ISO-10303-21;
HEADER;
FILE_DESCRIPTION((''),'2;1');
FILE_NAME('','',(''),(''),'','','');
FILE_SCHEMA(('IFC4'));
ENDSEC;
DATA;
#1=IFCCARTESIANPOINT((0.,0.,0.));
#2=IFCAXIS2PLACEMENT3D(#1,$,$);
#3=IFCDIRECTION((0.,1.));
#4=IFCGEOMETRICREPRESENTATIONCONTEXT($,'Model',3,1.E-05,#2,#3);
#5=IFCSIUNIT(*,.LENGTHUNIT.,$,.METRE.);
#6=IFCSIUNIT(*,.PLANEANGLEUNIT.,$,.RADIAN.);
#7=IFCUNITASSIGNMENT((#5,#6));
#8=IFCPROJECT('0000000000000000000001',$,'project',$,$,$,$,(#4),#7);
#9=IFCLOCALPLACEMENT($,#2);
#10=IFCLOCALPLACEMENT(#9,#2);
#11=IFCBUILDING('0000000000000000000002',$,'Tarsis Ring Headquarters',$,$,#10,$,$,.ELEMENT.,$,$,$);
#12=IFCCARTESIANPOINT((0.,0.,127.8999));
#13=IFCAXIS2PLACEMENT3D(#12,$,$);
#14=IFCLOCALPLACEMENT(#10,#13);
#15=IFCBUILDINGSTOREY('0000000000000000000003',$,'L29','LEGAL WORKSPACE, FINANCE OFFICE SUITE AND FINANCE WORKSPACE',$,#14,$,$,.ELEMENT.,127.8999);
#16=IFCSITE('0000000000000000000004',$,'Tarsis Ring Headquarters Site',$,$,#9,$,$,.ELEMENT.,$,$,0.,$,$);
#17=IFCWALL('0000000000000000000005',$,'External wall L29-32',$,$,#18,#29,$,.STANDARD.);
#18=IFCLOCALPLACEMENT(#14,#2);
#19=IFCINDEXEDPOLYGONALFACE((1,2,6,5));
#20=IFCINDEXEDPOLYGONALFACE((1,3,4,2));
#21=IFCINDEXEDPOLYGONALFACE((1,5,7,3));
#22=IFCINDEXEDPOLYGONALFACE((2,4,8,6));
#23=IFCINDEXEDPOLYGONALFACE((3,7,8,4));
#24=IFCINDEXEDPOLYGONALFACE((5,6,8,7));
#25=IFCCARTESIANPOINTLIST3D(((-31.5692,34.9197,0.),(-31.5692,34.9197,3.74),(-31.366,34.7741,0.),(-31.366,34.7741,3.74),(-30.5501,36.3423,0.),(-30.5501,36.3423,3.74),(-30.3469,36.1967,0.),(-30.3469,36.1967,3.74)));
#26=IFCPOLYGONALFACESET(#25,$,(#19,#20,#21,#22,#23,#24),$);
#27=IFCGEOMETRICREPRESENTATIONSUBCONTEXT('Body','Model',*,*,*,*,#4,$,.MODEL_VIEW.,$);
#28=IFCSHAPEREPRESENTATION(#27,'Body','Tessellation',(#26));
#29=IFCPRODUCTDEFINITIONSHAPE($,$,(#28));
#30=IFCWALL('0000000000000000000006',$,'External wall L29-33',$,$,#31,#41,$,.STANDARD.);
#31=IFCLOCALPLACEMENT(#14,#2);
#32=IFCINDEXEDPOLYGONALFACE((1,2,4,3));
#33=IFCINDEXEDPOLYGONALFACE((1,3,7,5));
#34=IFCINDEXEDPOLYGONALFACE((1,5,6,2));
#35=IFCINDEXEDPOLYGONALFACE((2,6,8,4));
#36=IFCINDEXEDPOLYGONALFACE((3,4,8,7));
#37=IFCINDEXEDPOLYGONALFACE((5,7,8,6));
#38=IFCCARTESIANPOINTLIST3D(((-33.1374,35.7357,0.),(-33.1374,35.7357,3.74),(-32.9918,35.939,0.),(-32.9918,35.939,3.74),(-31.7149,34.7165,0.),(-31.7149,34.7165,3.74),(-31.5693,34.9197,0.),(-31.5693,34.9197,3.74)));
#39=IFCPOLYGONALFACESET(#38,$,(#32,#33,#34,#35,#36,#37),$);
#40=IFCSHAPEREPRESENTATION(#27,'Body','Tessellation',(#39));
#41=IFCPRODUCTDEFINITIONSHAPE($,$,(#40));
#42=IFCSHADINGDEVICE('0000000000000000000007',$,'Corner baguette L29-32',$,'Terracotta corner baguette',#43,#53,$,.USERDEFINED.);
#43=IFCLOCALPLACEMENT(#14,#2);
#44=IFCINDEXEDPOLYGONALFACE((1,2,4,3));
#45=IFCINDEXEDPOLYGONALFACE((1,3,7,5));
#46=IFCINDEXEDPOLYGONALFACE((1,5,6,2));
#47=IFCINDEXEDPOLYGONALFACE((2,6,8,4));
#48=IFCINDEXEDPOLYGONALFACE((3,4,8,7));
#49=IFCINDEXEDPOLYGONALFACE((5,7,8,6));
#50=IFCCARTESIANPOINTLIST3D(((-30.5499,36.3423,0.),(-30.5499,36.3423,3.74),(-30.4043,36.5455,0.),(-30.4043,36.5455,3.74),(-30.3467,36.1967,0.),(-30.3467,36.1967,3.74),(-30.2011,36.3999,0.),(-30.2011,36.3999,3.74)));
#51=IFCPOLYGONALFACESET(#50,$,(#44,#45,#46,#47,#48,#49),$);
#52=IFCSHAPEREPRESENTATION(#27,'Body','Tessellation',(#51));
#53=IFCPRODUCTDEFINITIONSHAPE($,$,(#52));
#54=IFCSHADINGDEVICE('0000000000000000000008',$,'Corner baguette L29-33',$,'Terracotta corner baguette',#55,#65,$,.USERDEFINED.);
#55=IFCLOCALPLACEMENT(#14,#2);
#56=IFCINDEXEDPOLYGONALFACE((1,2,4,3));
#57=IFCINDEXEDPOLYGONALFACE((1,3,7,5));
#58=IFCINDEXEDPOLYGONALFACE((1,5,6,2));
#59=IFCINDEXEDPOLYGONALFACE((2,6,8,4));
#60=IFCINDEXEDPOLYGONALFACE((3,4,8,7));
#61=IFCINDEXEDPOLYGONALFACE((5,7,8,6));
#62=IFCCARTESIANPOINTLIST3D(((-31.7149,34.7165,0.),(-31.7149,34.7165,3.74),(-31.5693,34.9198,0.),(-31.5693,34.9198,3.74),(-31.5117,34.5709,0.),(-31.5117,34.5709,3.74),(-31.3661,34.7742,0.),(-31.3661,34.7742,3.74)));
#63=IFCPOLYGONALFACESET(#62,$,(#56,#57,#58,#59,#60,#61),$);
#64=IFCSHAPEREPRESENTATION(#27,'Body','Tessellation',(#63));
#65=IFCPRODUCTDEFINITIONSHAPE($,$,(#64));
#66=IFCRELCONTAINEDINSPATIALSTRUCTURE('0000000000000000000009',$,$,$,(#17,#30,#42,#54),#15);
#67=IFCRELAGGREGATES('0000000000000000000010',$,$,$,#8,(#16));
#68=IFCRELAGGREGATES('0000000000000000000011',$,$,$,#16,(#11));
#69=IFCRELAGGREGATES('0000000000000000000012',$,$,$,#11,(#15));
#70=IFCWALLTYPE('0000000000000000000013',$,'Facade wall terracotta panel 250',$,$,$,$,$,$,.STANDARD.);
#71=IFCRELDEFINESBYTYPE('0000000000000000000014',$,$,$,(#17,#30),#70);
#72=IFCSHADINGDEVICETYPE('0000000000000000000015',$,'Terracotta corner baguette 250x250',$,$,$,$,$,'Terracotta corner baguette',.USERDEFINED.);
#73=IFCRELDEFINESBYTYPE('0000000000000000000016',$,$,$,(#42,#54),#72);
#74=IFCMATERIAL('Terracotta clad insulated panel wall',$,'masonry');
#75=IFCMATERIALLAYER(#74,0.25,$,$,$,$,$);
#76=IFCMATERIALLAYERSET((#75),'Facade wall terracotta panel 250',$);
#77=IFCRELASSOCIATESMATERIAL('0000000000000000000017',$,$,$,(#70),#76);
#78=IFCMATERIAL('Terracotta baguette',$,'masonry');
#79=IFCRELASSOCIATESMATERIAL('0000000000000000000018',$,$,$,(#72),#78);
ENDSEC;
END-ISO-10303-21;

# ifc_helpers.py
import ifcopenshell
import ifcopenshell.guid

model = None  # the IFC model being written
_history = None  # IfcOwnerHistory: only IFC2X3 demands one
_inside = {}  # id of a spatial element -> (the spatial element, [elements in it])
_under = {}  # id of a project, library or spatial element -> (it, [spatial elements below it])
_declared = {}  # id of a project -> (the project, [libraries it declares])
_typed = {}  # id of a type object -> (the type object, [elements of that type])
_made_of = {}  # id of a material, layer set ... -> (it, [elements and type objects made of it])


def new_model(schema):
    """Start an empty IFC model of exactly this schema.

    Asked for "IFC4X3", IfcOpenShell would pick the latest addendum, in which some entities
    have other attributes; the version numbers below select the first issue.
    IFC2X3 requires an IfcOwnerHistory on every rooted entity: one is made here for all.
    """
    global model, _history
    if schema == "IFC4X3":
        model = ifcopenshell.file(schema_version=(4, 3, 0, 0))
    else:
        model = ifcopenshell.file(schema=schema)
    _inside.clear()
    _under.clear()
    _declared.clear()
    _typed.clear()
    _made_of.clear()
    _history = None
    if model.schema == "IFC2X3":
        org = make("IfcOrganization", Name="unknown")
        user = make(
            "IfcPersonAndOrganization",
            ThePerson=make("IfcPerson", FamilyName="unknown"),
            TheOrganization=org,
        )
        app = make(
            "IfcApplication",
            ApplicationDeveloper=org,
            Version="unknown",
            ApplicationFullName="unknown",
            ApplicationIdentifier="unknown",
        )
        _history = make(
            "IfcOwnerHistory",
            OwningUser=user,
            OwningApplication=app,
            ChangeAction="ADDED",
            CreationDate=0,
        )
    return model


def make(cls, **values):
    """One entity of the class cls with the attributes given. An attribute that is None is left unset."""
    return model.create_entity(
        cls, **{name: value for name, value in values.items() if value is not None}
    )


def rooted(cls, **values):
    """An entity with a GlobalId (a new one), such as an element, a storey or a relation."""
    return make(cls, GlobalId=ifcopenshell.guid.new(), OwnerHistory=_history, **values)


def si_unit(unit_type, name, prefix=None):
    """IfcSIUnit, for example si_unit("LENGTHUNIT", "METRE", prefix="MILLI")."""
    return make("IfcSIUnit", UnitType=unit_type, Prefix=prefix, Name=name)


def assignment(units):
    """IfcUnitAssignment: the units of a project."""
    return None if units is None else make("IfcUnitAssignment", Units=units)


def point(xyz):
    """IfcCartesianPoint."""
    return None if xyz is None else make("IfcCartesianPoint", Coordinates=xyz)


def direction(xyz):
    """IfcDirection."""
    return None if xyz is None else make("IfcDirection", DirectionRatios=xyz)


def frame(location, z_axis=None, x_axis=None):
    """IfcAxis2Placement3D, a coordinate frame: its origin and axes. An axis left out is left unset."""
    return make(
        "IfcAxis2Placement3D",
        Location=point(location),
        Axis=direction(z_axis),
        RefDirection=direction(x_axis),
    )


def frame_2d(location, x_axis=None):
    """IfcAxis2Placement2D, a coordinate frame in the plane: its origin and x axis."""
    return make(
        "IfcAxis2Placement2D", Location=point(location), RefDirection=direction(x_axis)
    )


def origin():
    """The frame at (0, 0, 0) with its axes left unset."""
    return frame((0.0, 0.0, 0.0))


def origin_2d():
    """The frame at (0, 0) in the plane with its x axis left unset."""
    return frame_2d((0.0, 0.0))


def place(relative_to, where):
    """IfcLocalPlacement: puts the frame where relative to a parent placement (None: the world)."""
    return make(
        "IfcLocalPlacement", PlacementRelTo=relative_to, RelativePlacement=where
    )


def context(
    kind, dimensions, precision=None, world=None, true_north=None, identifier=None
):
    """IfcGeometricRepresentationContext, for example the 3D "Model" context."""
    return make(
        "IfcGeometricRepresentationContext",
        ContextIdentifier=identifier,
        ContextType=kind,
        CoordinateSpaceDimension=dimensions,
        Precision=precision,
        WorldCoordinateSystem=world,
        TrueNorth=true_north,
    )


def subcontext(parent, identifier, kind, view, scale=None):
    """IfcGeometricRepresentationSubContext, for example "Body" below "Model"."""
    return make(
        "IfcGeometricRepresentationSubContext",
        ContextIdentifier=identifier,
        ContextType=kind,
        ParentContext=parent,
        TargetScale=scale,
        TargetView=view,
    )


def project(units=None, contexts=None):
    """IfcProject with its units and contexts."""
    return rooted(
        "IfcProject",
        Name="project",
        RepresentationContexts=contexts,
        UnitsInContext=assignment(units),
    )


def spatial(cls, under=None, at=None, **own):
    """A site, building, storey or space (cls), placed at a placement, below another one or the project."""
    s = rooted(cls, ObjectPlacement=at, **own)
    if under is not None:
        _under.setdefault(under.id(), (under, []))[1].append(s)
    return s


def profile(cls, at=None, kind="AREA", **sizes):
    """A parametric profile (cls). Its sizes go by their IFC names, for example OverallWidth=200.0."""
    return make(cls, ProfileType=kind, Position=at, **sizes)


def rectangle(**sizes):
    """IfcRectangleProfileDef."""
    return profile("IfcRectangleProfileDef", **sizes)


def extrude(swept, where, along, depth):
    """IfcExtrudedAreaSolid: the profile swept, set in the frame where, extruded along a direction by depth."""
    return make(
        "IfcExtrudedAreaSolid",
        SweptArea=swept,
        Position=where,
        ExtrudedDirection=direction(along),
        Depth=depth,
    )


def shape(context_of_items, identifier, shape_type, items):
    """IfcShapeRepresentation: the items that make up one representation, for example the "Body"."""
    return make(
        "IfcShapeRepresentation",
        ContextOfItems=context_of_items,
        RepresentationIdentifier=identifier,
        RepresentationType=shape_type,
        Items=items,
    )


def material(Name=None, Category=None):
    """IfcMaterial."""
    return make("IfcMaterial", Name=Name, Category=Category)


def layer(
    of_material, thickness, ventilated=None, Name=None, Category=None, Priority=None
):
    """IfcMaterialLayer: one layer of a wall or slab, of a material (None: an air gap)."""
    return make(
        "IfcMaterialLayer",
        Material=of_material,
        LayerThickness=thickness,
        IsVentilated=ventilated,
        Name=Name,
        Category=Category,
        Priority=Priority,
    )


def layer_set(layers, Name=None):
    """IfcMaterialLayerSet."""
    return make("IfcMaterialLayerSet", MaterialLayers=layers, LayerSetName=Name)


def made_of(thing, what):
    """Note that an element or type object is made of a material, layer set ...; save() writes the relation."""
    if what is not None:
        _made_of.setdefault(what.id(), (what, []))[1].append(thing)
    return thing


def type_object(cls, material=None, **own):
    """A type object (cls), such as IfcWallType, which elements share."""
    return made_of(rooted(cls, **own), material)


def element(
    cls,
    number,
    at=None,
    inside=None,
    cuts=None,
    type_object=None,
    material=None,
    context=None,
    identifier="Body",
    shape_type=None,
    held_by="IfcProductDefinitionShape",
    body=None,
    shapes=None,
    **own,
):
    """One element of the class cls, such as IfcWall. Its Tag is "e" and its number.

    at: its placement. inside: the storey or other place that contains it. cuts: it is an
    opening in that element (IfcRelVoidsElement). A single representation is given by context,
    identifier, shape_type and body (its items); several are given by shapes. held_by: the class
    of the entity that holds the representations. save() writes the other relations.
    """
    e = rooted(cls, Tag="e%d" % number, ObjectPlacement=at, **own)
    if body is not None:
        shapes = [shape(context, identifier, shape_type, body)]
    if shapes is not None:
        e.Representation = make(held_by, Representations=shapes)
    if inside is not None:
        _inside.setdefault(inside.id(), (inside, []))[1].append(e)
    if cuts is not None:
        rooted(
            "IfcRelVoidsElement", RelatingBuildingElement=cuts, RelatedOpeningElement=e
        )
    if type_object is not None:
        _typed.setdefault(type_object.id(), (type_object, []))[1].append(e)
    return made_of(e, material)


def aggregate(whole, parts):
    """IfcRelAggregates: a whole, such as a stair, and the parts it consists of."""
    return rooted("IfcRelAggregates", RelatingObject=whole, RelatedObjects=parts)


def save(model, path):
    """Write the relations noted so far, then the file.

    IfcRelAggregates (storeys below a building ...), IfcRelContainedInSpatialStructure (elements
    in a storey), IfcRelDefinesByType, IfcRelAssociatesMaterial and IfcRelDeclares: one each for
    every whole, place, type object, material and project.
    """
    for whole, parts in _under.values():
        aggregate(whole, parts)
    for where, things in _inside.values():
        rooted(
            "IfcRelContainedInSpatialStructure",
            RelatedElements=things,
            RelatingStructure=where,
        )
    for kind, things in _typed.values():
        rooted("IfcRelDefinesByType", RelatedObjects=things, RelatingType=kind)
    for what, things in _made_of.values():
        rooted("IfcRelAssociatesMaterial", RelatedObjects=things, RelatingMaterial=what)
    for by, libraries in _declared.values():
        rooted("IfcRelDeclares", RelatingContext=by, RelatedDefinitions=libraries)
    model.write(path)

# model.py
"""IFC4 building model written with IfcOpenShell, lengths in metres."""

from ifc_helpers import new_model, si_unit, direction, frame, frame_2d, origin, origin_2d, place, context, subcontext, project, spatial, rectangle, extrude, material, layer, layer_set, type_object, element, save


model = new_model("IFC4")

# Units and contexts
model_context = context("Model", 3, precision=1e-05, world=origin(), true_north=direction((0.0, 1.0)))
body_context = subcontext(model_context, "Body", "Model", "MODEL_VIEW")
ifc_project = project(units=[si_unit("LENGTHUNIT", "METRE"), si_unit("PLANEANGLEUNIT", "RADIAN")], contexts=[model_context])

# Site, building, storey
site_placement = place(None, origin())
site = spatial("IfcSite", under=ifc_project, at=site_placement, Name="Tarsis Ring Headquarters Site", CompositionType="ELEMENT", RefElevation=0.0)
building_placement = place(site_placement, origin())
building = spatial("IfcBuilding", under=site, at=building_placement, Name="Tarsis Ring Headquarters", CompositionType="ELEMENT")
storey_placement = place(building_placement, frame((0.0, 0.0, 127.8999)))
storey = spatial("IfcBuildingStorey", under=building, at=storey_placement, Name="L29", Description="LEGAL WORKSPACE, FINANCE OFFICE SUITE AND FINANCE WORKSPACE", CompositionType="ELEMENT", Elevation=127.8999)

# Walls
ifc_material_1 = material(Name="Terracotta clad insulated panel wall", Category="masonry")
ifc_layer = layer(ifc_material_1, 0.25)
ifc_layer_set = layer_set([ifc_layer], Name="Facade wall terracotta panel 250")
wall_type = type_object("IfcWallType", Name="Facade wall terracotta panel 250", PredefinedType="STANDARD", material=ifc_layer_set)
for number, where, z_axis, x_axis, name in (
    (1, (-30.4485, 36.2695, 0.0), (0.0, 0.0, 1.0), (-0.582333, -0.81295, 0.0), "External wall L29-32"),
    (2, (-31.6421, 34.8181, 0.0), (0.0, 0.0, 1.0), (-0.812884, 0.582425, 0.0), "External wall L29-33"),
):
    element("IfcWall", number, at=place(storey_placement, frame(where, z_axis=z_axis, x_axis=x_axis)), inside=storey, type_object=wall_type, Name=name, PredefinedType="STANDARD", context=body_context, shape_type="SweptSolid", body=[
        extrude(rectangle(XDim=1.75, YDim=0.25, at=frame_2d((0.875, 0.0))), origin(), (0.0, 0.0, 1.0), 3.74),
    ])

# Shading devices
ifc_material_2 = material(Name="Terracotta baguette", Category="masonry")
shading_device_type_1 = type_object("IfcShadingDeviceType", Name="Terracotta corner baguette 250x250", ElementType="Terracotta corner baguette", PredefinedType="USERDEFINED", material=ifc_material_2)
for number, where, z_axis, x_axis, name in (
    (3, (-30.3755, 36.3711, 0.0), (0.0, 0.0, 1.0), (-0.812898, 0.582407, 0.0), "Corner baguette L29-32"),
    (4, (-31.5405, 34.7454, 0.0), (0.0, 0.0, 1.0), (-0.582407, -0.812898, 0.0), "Corner baguette L29-33"),
):
    element("IfcShadingDevice", number, at=place(storey_placement, frame(where, z_axis=z_axis, x_axis=x_axis)), inside=storey, type_object=shading_device_type_1, Name=name, ObjectType="Terracotta corner baguette", PredefinedType="USERDEFINED", context=body_context, shape_type="SweptSolid", body=[
        extrude(rectangle(XDim=0.25, YDim=0.25, at=origin_2d()), origin(), (0.0, 0.0, 1.0), 3.74),
    ])

save(model, "model.ifc")
